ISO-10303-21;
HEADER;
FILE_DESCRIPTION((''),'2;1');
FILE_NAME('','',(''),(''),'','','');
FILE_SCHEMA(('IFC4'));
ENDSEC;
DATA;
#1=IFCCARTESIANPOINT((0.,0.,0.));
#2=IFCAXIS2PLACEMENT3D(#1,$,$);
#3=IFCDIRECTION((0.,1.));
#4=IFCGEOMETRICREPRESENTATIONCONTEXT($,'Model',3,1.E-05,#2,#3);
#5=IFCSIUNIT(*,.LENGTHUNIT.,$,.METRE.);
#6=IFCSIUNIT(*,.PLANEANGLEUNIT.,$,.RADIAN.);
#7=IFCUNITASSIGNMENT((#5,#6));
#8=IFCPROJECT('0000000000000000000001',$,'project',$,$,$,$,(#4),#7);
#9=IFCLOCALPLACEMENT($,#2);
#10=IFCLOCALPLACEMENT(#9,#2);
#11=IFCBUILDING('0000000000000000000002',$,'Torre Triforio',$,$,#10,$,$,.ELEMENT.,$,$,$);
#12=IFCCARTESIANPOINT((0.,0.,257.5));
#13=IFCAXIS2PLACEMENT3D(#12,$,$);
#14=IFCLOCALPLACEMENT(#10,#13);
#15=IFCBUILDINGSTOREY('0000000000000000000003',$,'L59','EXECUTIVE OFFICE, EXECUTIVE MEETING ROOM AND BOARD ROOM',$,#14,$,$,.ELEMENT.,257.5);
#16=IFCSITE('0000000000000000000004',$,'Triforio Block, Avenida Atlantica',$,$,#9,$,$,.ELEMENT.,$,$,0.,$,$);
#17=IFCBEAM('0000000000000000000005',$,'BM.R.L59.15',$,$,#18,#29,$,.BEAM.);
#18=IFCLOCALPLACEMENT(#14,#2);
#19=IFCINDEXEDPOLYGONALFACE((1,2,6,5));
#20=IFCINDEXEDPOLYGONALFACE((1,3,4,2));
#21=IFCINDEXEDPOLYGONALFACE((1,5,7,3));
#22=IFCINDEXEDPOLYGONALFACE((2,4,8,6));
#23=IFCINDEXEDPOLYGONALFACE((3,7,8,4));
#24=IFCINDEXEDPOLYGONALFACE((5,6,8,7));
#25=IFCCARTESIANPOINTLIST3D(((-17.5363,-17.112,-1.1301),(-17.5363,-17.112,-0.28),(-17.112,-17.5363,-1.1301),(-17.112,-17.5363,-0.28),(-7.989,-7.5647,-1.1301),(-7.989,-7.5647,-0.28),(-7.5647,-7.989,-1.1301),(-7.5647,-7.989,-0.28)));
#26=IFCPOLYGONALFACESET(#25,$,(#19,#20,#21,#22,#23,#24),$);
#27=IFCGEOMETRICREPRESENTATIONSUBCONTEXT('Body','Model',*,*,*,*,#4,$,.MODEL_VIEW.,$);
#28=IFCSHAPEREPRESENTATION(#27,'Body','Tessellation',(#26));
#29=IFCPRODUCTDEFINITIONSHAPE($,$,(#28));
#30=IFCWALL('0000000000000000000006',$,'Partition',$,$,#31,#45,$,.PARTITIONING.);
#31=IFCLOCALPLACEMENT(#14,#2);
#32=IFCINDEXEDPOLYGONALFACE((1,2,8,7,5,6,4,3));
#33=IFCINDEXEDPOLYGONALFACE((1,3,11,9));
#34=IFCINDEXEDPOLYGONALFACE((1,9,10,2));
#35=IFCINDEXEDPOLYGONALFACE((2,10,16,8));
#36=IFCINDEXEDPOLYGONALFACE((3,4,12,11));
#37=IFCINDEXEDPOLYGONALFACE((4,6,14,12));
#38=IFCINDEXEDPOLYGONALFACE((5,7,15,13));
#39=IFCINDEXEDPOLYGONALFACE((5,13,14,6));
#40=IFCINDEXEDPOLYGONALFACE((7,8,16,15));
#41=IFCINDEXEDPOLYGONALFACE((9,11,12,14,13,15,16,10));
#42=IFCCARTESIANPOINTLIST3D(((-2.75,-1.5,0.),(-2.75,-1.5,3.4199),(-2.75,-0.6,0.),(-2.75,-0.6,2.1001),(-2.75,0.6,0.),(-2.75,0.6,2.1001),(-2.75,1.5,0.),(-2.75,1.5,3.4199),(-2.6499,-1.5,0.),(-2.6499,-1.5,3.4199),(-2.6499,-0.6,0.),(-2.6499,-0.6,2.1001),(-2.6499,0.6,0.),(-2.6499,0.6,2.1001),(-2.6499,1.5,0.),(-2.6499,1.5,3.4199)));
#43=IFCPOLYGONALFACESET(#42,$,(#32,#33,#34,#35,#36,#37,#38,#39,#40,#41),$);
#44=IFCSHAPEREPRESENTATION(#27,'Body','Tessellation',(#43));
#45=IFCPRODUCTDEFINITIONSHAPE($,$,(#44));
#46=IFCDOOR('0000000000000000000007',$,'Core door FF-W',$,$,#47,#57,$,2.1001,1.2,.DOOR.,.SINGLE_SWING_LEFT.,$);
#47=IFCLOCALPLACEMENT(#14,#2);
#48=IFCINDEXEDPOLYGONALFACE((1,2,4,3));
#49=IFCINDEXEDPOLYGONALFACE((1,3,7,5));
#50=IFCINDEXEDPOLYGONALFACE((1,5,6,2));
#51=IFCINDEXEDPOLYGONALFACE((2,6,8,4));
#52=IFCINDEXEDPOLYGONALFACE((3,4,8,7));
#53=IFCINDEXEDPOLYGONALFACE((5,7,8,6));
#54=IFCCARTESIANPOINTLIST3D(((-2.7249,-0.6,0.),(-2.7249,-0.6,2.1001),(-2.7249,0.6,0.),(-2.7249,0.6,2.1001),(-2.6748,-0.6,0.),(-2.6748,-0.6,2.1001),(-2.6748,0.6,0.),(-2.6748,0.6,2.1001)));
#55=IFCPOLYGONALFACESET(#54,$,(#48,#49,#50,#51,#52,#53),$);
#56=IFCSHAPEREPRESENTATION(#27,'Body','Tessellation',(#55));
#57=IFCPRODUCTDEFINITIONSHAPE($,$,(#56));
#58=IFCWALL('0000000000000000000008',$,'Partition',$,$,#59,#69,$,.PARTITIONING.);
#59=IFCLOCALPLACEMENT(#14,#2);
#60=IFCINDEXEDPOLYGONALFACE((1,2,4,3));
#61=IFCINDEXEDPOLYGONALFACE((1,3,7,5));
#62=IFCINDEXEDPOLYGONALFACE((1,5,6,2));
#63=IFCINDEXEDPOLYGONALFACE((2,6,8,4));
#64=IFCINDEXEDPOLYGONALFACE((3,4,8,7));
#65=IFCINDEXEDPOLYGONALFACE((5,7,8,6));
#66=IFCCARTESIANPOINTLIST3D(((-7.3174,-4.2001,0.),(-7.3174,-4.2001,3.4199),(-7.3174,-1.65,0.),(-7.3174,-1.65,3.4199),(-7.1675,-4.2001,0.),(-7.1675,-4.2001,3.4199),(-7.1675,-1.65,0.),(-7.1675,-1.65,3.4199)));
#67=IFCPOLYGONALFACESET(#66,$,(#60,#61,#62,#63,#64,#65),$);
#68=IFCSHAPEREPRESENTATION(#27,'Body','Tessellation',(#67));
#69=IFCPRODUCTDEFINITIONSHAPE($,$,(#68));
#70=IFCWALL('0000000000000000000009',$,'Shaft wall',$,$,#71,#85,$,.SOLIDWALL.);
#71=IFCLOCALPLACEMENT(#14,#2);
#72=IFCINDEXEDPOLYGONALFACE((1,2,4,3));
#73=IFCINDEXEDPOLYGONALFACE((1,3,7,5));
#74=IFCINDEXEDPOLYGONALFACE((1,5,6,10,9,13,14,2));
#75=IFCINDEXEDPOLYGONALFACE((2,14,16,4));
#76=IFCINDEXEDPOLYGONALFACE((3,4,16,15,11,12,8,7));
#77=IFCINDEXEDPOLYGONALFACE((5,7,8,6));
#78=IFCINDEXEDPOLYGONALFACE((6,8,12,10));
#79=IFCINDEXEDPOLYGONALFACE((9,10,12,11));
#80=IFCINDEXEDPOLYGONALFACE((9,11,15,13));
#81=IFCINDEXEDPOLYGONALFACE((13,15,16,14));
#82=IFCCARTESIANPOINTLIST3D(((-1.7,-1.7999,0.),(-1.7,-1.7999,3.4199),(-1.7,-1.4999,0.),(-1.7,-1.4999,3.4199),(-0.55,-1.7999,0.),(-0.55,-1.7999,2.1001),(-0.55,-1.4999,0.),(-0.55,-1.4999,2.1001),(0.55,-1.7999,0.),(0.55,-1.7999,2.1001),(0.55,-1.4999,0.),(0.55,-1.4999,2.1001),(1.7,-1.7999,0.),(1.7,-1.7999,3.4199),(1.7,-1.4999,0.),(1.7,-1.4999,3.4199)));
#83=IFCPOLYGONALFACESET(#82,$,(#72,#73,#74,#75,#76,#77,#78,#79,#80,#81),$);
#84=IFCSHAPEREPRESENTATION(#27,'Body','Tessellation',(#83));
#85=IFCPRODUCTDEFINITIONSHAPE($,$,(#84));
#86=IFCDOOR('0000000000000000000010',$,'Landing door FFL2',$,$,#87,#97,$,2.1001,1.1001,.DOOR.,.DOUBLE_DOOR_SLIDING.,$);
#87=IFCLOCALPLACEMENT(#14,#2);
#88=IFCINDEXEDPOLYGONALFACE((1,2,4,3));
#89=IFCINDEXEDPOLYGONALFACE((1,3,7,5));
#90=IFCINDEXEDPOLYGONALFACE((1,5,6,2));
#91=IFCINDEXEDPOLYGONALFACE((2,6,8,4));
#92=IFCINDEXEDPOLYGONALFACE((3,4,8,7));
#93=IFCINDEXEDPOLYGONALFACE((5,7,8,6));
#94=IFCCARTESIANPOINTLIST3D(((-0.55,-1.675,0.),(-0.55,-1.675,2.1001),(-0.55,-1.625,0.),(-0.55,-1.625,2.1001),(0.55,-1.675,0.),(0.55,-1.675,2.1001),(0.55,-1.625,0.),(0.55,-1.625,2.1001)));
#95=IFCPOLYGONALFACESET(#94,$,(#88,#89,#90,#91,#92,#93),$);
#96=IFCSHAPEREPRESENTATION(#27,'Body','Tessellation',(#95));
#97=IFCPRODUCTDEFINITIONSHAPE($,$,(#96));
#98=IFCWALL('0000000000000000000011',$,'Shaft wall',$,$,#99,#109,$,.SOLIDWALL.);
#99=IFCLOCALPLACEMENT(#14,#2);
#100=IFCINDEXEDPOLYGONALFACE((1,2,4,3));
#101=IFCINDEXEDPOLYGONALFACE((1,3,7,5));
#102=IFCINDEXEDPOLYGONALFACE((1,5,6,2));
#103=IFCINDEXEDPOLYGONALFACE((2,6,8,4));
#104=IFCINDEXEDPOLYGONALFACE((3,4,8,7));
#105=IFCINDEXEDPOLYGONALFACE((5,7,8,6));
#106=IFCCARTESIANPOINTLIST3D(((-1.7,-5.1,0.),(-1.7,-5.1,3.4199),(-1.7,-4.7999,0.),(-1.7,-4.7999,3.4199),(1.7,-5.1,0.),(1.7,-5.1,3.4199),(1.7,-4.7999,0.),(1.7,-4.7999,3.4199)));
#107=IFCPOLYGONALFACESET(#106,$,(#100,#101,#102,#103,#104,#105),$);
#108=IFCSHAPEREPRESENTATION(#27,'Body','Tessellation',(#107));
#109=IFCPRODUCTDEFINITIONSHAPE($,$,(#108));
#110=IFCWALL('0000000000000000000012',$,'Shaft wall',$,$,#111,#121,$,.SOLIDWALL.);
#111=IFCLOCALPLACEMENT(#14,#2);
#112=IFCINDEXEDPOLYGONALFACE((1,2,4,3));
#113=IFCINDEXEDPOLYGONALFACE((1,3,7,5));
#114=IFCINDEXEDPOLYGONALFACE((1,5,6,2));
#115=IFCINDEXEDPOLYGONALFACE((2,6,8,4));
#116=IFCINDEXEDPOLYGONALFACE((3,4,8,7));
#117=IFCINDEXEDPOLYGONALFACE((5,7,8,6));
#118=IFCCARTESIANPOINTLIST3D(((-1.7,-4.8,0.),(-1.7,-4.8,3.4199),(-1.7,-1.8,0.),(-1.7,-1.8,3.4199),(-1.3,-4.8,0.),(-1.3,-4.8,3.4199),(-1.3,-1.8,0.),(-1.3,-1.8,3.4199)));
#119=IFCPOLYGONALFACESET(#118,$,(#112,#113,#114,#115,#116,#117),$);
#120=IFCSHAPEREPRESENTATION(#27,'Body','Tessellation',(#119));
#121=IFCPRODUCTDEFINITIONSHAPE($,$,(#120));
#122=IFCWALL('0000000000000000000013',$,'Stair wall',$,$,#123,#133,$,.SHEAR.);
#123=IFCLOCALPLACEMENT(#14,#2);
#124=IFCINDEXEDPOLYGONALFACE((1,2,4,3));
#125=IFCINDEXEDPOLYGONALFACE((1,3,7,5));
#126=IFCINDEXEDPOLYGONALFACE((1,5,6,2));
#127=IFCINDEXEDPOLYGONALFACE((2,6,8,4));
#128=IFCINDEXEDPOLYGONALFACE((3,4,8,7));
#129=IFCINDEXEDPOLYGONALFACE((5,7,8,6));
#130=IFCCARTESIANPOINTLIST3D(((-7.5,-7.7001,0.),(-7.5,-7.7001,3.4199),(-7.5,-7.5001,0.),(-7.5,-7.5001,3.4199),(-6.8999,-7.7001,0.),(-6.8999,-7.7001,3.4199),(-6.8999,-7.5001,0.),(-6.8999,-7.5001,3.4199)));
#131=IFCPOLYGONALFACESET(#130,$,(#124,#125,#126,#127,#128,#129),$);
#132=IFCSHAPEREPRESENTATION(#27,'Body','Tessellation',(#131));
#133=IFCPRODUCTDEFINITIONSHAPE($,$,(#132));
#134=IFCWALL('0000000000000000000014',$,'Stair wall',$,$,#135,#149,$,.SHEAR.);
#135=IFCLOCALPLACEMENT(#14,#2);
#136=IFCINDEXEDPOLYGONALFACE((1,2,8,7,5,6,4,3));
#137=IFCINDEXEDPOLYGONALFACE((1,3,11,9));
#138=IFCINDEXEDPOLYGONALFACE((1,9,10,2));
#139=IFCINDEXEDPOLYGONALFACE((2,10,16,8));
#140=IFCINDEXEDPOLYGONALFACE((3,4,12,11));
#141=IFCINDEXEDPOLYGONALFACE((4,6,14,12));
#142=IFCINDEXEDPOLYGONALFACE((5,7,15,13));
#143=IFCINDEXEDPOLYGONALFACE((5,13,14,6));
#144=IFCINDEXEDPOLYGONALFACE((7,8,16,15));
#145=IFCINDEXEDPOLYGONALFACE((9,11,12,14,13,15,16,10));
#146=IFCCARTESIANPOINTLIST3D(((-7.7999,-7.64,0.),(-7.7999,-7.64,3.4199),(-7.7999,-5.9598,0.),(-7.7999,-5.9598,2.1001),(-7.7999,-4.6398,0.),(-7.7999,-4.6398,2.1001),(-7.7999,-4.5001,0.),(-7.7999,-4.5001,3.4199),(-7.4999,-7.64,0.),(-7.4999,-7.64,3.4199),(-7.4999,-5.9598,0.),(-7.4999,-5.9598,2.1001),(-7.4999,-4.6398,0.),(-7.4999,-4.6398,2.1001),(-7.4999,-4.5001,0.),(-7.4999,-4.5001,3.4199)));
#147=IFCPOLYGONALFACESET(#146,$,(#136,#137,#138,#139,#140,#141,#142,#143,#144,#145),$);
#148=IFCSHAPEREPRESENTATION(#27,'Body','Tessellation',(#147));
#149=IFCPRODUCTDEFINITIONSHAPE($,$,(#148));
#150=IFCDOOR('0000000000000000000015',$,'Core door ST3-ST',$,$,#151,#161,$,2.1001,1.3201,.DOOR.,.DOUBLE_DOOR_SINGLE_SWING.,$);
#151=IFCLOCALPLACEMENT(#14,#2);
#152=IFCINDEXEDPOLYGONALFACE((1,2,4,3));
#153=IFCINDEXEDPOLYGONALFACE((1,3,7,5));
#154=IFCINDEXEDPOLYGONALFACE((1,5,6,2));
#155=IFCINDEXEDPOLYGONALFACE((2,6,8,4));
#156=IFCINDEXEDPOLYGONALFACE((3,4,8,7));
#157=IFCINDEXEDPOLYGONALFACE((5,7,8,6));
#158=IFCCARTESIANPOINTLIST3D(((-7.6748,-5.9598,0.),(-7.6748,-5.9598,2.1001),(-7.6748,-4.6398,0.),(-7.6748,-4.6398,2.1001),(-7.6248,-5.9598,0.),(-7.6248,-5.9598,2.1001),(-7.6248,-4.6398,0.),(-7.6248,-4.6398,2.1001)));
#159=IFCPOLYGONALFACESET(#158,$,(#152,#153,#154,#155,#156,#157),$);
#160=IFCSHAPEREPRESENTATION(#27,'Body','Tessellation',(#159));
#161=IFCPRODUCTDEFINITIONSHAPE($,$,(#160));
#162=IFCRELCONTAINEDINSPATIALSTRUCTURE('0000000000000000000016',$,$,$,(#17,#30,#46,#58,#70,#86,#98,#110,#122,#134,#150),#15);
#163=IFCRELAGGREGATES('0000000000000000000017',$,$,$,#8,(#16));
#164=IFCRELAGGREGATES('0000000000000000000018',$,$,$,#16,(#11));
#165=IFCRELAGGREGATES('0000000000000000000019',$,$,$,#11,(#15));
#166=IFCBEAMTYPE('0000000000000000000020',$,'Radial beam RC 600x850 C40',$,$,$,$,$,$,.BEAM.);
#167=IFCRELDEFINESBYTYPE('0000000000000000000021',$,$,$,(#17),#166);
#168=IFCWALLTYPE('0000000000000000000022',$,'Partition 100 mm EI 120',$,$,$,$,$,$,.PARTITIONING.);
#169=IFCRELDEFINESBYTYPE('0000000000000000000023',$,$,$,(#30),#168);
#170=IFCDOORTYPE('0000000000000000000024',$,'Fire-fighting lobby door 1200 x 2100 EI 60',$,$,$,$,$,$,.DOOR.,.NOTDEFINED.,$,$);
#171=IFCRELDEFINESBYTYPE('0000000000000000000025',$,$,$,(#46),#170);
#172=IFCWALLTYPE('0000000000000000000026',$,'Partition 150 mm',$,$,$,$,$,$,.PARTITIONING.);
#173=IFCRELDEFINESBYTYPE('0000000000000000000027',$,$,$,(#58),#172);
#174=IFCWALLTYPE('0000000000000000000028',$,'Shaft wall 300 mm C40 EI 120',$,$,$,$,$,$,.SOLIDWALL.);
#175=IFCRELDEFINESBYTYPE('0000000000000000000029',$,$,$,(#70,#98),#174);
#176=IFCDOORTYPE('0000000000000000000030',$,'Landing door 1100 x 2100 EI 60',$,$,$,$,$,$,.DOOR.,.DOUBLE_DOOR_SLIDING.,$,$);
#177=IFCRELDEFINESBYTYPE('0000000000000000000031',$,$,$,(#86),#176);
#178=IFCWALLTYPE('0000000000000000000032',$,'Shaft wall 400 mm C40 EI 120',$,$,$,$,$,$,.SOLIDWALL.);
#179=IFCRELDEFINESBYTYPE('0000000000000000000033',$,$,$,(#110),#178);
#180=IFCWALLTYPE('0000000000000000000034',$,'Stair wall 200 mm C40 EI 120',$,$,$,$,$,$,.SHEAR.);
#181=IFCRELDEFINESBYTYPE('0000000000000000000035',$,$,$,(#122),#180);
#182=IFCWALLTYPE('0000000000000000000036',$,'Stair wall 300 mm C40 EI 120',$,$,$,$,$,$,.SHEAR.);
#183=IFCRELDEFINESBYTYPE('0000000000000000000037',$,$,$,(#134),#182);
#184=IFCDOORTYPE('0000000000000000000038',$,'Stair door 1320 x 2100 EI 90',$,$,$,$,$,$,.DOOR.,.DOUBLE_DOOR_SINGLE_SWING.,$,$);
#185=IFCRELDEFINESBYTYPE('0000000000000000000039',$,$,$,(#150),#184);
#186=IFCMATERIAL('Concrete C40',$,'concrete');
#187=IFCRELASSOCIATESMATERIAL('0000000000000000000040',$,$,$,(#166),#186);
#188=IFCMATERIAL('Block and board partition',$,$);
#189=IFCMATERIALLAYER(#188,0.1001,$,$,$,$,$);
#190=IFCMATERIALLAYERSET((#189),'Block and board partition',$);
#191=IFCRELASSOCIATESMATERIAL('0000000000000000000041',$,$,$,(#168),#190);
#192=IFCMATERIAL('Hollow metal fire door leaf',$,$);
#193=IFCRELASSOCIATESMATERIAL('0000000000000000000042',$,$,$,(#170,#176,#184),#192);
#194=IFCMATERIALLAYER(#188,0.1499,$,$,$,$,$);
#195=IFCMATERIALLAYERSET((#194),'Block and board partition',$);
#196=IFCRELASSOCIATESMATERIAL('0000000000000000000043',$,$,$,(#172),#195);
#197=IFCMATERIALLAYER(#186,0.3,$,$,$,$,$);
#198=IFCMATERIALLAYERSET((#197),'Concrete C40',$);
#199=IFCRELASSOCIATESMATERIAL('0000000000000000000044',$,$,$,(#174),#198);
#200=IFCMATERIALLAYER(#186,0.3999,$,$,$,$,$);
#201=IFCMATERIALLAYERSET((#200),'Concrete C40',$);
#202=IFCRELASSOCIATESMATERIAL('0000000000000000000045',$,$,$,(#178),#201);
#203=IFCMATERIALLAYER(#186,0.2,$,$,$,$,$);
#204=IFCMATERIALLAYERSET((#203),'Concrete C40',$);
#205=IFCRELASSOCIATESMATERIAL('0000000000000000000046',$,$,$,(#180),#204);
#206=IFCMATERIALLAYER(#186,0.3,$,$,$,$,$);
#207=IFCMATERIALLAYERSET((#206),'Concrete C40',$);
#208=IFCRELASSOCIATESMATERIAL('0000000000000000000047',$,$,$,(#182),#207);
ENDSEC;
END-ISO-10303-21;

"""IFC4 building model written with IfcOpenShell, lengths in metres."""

from ifc_helpers import new_model, si_unit, direction, frame, frame_2d, origin, origin_2d, place, context, subcontext, project, spatial, rectangle, extrude, material, layer, layer_set, material_profile, profile_set, type_object, element, fill, save


model = new_model("IFC4")

# Units and contexts
model_context = context("Model", 3, precision=1e-05, world=origin(), true_north=direction((0.0, 1.0)))
body_context = subcontext(model_context, "Body", "Model", "MODEL_VIEW")
ifc_project = project(units=[si_unit("LENGTHUNIT", "METRE"), si_unit("PLANEANGLEUNIT", "RADIAN")], contexts=[model_context])

# Site, building, storey
site_placement = place(None, origin())
site = spatial("IfcSite", under=ifc_project, at=site_placement, Name="Triforio Block, Avenida Atlantica", CompositionType="ELEMENT", RefElevation=0.0)
building_placement = place(site_placement, origin())
building = spatial("IfcBuilding", under=site, at=building_placement, Name="Torre Triforio", CompositionType="ELEMENT")
storey_placement = place(building_placement, frame((0.0, 0.0, 257.5)))
storey = spatial("IfcBuildingStorey", under=building, at=storey_placement, Name="L59", Description="EXECUTIVE OFFICE, EXECUTIVE MEETING ROOM AND BOARD ROOM", CompositionType="ELEMENT", Elevation=257.5)

# Beam
ifc_material_1 = material(Name="Concrete C40", Category="concrete")
ifc_material_profile = material_profile(ifc_material_1, rectangle(XDim=0.6001, YDim=0.8501, at=origin_2d()), Name="RC 600x850")
ifc_profile_set = profile_set([ifc_material_profile], Name="Concrete C40")
beam_type = type_object("IfcBeamType", Name="Radial beam RC 600x850 C40", PredefinedType="BEAM", material=ifc_profile_set)
beam_placement = place(storey_placement, frame((-7.7769, -7.7769, -0.7051), z_axis=(-0.707107, -0.707107, 0.0), x_axis=(0.707107, -0.707107, 0.0)))
element("IfcBeam", 1, at=beam_placement, inside=storey, type_object=beam_type, Name="BM.R.L59.15", PredefinedType="BEAM", context=body_context, shape_type="SweptSolid", body=[
    extrude(rectangle(XDim=0.6001, YDim=0.8501, at=origin_2d()), origin(), (0.0, 0.0, 1.0), 13.502),
])

# Wall, opening, door
ifc_material_2 = material(Name="Block and board partition")
ifc_layer_1 = layer(ifc_material_2, 0.1001)
ifc_layer_set_1 = layer_set([ifc_layer_1], Name="Block and board partition")
wall_type_1 = type_object("IfcWallType", Name="Partition 100 mm EI 120", PredefinedType="PARTITIONING", material=ifc_layer_set_1)
wall_1_placement = place(storey_placement, frame((-2.7, -1.5, 0.0), z_axis=(0.0, 0.0, 1.0), x_axis=(0.0, 1.0, 0.0)))
wall_1 = element("IfcWall", 2, at=wall_1_placement, inside=storey, type_object=wall_type_1, Name="Partition", PredefinedType="PARTITIONING", context=body_context, shape_type="SweptSolid", body=[
    extrude(rectangle(XDim=3.0, YDim=0.1001, at=frame_2d((1.5, 0.0))), origin(), (0.0, 0.0, 1.0), 3.4199),
])
opening_1_placement = place(wall_1_placement, frame((0.8999, 0.0, 0.0)))
opening_1 = element("IfcOpeningElement", 3, at=opening_1_placement, cuts=wall_1, PredefinedType="OPENING", context=body_context, shape_type="SweptSolid", body=[
    extrude(rectangle(XDim=1.2, YDim=2.1001, at=frame_2d((0.6001, 1.05))), frame((0.0, 0.0601, 0.0), z_axis=(0.0, -1.0, 0.0), x_axis=(1.0, 0.0, 0.0)), (0.0, 0.0, 1.0), 0.1201),
])
ifc_material_3 = material(Name="Hollow metal fire door leaf")
door_type_1 = type_object("IfcDoorType", Name="Fire-fighting lobby door 1200 x 2100 EI 60", OperationType="NOTDEFINED", PredefinedType="DOOR", material=ifc_material_3)
door_1_placement = place(opening_1_placement, origin())
door_1 = element("IfcDoor", 4, at=door_1_placement, inside=storey, type_object=door_type_1, Name="Core door FF-W", OperationType="SINGLE_SWING_LEFT", OverallHeight=2.1001, OverallWidth=1.2, PredefinedType="DOOR", context=body_context, shape_type="SweptSolid", body=[
    extrude(rectangle(XDim=1.2, YDim=2.1001, at=frame_2d((0.6001, 1.05))), frame((0.0, 0.0249, 0.0), z_axis=(0.0, -1.0, 0.0), x_axis=(1.0, 0.0, 0.0)), (0.0, 0.0, 1.0), 0.05),
])
fill(opening_1, door_1)

# Wall
ifc_layer_2 = layer(ifc_material_2, 0.1499)
ifc_layer_set_2 = layer_set([ifc_layer_2], Name="Block and board partition")
wall_type_2 = type_object("IfcWallType", Name="Partition 150 mm", PredefinedType="PARTITIONING", material=ifc_layer_set_2)
wall_2_placement = place(storey_placement, frame((-7.2424, -4.2, 0.0), z_axis=(0.0, 0.0, 1.0), x_axis=(0.0, 1.0, 0.0)))
element("IfcWall", 5, at=wall_2_placement, inside=storey, type_object=wall_type_2, Name="Partition", PredefinedType="PARTITIONING", context=body_context, shape_type="SweptSolid", body=[
    extrude(rectangle(XDim=2.55, YDim=0.1499, at=frame_2d((1.2749, 0.0))), origin(), (0.0, 0.0, 1.0), 3.4199),
])

# Wall, opening, door
ifc_layer_3 = layer(ifc_material_1, 0.3)
ifc_layer_set_3 = layer_set([ifc_layer_3], Name="Concrete C40")
wall_type_3 = type_object("IfcWallType", Name="Shaft wall 300 mm C40 EI 120", PredefinedType="SOLIDWALL", material=ifc_layer_set_3)
wall_3_placement = place(storey_placement, frame((-1.7, -1.6499, 0.0), z_axis=(0.0, 0.0, 1.0), x_axis=(1.0, 0.0, 0.0)))
wall_3 = element("IfcWall", 6, at=wall_3_placement, inside=storey, type_object=wall_type_3, Name="Shaft wall", PredefinedType="SOLIDWALL", context=body_context, shape_type="SweptSolid", body=[
    extrude(rectangle(XDim=3.3999, YDim=0.3, at=frame_2d((1.7, 0.0))), origin(), (0.0, 0.0, 1.0), 3.4199),
])
opening_2_placement = place(wall_3_placement, frame((1.1499, 0.0, 0.0)))
opening_2 = element("IfcOpeningElement", 7, at=opening_2_placement, cuts=wall_3, PredefinedType="OPENING", context=body_context, shape_type="SweptSolid", body=[
    extrude(rectangle(XDim=1.1001, YDim=2.1001, at=frame_2d((0.55, 1.05))), frame((0.0, 0.1599, 0.0), z_axis=(0.0, -1.0, 0.0), x_axis=(1.0, 0.0, 0.0)), (0.0, 0.0, 1.0), 0.3201),
])
door_type_2 = type_object("IfcDoorType", Name="Landing door 1100 x 2100 EI 60", OperationType="DOUBLE_DOOR_SLIDING", PredefinedType="DOOR", material=ifc_material_3)
door_2_placement = place(opening_2_placement, origin())
door_2 = element("IfcDoor", 8, at=door_2_placement, inside=storey, type_object=door_type_2, Name="Landing door FFL2", OperationType="DOUBLE_DOOR_SLIDING", OverallHeight=2.1001, OverallWidth=1.1001, PredefinedType="DOOR", context=body_context, shape_type="SweptSolid", body=[
    extrude(rectangle(XDim=1.1001, YDim=2.1001, at=frame_2d((0.55, 1.05))), frame((0.0, 0.0249, 0.0), z_axis=(0.0, -1.0, 0.0), x_axis=(1.0, 0.0, 0.0)), (0.0, 0.0, 1.0), 0.05),
])
fill(opening_2, door_2)

# Walls
wall_4_placement = place(storey_placement, frame((-1.7, -4.95, 0.0), z_axis=(0.0, 0.0, 1.0), x_axis=(1.0, 0.0, 0.0)))
element("IfcWall", 9, at=wall_4_placement, inside=storey, type_object=wall_type_3, Name="Shaft wall", PredefinedType="SOLIDWALL", context=body_context, shape_type="SweptSolid", body=[
    extrude(rectangle(XDim=3.3999, YDim=0.3, at=frame_2d((1.7, 0.0))), origin(), (0.0, 0.0, 1.0), 3.4199),
])
ifc_layer_4 = layer(ifc_material_1, 0.3999)
ifc_layer_set_4 = layer_set([ifc_layer_4], Name="Concrete C40")
wall_type_4 = type_object("IfcWallType", Name="Shaft wall 400 mm C40 EI 120", PredefinedType="SOLIDWALL", material=ifc_layer_set_4)
wall_5_placement = place(storey_placement, frame((-1.5, -4.8, 0.0), z_axis=(0.0, 0.0, 1.0), x_axis=(0.0, 1.0, 0.0)))
element("IfcWall", 10, at=wall_5_placement, inside=storey, type_object=wall_type_4, Name="Shaft wall", PredefinedType="SOLIDWALL", context=body_context, shape_type="SweptSolid", body=[
    extrude(rectangle(XDim=3.0, YDim=0.3999, at=frame_2d((1.5, 0.0))), origin(), (0.0, 0.0, 1.0), 3.4199),
])
ifc_layer_5 = layer(ifc_material_1, 0.2)
ifc_layer_set_5 = layer_set([ifc_layer_5], Name="Concrete C40")
wall_type_5 = type_object("IfcWallType", Name="Stair wall 200 mm C40 EI 120", PredefinedType="SHEAR", material=ifc_layer_set_5)
wall_6_placement = place(storey_placement, frame((-7.5, -7.6001, 0.0), z_axis=(0.0, 0.0, 1.0), x_axis=(1.0, 0.0, 0.0)))
element("IfcWall", 11, at=wall_6_placement, inside=storey, type_object=wall_type_5, Name="Stair wall", PredefinedType="SHEAR", context=body_context, shape_type="SweptSolid", body=[
    extrude(rectangle(XDim=0.6001, YDim=0.2, at=frame_2d((0.3, 0.0))), origin(), (0.0, 0.0, 1.0), 3.4199),
])

# Wall, opening, door
ifc_layer_6 = layer(ifc_material_1, 0.3)
ifc_layer_set_6 = layer_set([ifc_layer_6], Name="Concrete C40")
wall_type_6 = type_object("IfcWallType", Name="Stair wall 300 mm C40 EI 120", PredefinedType="SHEAR", material=ifc_layer_set_6)
wall_7_placement = place(storey_placement, frame((-7.6499, -7.6399, 0.0), z_axis=(0.0, 0.0, 1.0), x_axis=(0.0, 1.0, 0.0)))
wall_7 = element("IfcWall", 12, at=wall_7_placement, inside=storey, type_object=wall_type_6, Name="Stair wall", PredefinedType="SHEAR", context=body_context, shape_type="SweptSolid", body=[
    extrude(rectangle(XDim=3.1399, YDim=0.3, at=frame_2d((1.5698, 0.0))), origin(), (0.0, 0.0, 1.0), 3.4199),
])
opening_3_placement = place(wall_7_placement, frame((1.6799, 0.0, 0.0)))
opening_3 = element("IfcOpeningElement", 13, at=opening_3_placement, cuts=wall_7, PredefinedType="OPENING", context=body_context, shape_type="SweptSolid", body=[
    extrude(rectangle(XDim=1.3201, YDim=2.1001, at=frame_2d((0.6602, 1.05))), frame((0.0, 0.1599, 0.0), z_axis=(0.0, -1.0, 0.0), x_axis=(1.0, 0.0, 0.0)), (0.0, 0.0, 1.0), 0.3201),
])
door_type_3 = type_object("IfcDoorType", Name="Stair door 1320 x 2100 EI 90", OperationType="DOUBLE_DOOR_SINGLE_SWING", PredefinedType="DOOR", material=ifc_material_3)
door_3_placement = place(opening_3_placement, origin())
door_3 = element("IfcDoor", 14, at=door_3_placement, inside=storey, type_object=door_type_3, Name="Core door ST3-ST", OperationType="DOUBLE_DOOR_SINGLE_SWING", OverallHeight=2.1001, OverallWidth=1.3201, PredefinedType="DOOR", context=body_context, shape_type="SweptSolid", body=[
    extrude(rectangle(XDim=1.3201, YDim=2.1001, at=frame_2d((0.6602, 1.05))), frame((0.0, 0.0249, 0.0), z_axis=(0.0, -1.0, 0.0), x_axis=(1.0, 0.0, 0.0)), (0.0, 0.0, 1.0), 0.05),
])
fill(opening_3, door_3)

save(model, "model.ifc")
